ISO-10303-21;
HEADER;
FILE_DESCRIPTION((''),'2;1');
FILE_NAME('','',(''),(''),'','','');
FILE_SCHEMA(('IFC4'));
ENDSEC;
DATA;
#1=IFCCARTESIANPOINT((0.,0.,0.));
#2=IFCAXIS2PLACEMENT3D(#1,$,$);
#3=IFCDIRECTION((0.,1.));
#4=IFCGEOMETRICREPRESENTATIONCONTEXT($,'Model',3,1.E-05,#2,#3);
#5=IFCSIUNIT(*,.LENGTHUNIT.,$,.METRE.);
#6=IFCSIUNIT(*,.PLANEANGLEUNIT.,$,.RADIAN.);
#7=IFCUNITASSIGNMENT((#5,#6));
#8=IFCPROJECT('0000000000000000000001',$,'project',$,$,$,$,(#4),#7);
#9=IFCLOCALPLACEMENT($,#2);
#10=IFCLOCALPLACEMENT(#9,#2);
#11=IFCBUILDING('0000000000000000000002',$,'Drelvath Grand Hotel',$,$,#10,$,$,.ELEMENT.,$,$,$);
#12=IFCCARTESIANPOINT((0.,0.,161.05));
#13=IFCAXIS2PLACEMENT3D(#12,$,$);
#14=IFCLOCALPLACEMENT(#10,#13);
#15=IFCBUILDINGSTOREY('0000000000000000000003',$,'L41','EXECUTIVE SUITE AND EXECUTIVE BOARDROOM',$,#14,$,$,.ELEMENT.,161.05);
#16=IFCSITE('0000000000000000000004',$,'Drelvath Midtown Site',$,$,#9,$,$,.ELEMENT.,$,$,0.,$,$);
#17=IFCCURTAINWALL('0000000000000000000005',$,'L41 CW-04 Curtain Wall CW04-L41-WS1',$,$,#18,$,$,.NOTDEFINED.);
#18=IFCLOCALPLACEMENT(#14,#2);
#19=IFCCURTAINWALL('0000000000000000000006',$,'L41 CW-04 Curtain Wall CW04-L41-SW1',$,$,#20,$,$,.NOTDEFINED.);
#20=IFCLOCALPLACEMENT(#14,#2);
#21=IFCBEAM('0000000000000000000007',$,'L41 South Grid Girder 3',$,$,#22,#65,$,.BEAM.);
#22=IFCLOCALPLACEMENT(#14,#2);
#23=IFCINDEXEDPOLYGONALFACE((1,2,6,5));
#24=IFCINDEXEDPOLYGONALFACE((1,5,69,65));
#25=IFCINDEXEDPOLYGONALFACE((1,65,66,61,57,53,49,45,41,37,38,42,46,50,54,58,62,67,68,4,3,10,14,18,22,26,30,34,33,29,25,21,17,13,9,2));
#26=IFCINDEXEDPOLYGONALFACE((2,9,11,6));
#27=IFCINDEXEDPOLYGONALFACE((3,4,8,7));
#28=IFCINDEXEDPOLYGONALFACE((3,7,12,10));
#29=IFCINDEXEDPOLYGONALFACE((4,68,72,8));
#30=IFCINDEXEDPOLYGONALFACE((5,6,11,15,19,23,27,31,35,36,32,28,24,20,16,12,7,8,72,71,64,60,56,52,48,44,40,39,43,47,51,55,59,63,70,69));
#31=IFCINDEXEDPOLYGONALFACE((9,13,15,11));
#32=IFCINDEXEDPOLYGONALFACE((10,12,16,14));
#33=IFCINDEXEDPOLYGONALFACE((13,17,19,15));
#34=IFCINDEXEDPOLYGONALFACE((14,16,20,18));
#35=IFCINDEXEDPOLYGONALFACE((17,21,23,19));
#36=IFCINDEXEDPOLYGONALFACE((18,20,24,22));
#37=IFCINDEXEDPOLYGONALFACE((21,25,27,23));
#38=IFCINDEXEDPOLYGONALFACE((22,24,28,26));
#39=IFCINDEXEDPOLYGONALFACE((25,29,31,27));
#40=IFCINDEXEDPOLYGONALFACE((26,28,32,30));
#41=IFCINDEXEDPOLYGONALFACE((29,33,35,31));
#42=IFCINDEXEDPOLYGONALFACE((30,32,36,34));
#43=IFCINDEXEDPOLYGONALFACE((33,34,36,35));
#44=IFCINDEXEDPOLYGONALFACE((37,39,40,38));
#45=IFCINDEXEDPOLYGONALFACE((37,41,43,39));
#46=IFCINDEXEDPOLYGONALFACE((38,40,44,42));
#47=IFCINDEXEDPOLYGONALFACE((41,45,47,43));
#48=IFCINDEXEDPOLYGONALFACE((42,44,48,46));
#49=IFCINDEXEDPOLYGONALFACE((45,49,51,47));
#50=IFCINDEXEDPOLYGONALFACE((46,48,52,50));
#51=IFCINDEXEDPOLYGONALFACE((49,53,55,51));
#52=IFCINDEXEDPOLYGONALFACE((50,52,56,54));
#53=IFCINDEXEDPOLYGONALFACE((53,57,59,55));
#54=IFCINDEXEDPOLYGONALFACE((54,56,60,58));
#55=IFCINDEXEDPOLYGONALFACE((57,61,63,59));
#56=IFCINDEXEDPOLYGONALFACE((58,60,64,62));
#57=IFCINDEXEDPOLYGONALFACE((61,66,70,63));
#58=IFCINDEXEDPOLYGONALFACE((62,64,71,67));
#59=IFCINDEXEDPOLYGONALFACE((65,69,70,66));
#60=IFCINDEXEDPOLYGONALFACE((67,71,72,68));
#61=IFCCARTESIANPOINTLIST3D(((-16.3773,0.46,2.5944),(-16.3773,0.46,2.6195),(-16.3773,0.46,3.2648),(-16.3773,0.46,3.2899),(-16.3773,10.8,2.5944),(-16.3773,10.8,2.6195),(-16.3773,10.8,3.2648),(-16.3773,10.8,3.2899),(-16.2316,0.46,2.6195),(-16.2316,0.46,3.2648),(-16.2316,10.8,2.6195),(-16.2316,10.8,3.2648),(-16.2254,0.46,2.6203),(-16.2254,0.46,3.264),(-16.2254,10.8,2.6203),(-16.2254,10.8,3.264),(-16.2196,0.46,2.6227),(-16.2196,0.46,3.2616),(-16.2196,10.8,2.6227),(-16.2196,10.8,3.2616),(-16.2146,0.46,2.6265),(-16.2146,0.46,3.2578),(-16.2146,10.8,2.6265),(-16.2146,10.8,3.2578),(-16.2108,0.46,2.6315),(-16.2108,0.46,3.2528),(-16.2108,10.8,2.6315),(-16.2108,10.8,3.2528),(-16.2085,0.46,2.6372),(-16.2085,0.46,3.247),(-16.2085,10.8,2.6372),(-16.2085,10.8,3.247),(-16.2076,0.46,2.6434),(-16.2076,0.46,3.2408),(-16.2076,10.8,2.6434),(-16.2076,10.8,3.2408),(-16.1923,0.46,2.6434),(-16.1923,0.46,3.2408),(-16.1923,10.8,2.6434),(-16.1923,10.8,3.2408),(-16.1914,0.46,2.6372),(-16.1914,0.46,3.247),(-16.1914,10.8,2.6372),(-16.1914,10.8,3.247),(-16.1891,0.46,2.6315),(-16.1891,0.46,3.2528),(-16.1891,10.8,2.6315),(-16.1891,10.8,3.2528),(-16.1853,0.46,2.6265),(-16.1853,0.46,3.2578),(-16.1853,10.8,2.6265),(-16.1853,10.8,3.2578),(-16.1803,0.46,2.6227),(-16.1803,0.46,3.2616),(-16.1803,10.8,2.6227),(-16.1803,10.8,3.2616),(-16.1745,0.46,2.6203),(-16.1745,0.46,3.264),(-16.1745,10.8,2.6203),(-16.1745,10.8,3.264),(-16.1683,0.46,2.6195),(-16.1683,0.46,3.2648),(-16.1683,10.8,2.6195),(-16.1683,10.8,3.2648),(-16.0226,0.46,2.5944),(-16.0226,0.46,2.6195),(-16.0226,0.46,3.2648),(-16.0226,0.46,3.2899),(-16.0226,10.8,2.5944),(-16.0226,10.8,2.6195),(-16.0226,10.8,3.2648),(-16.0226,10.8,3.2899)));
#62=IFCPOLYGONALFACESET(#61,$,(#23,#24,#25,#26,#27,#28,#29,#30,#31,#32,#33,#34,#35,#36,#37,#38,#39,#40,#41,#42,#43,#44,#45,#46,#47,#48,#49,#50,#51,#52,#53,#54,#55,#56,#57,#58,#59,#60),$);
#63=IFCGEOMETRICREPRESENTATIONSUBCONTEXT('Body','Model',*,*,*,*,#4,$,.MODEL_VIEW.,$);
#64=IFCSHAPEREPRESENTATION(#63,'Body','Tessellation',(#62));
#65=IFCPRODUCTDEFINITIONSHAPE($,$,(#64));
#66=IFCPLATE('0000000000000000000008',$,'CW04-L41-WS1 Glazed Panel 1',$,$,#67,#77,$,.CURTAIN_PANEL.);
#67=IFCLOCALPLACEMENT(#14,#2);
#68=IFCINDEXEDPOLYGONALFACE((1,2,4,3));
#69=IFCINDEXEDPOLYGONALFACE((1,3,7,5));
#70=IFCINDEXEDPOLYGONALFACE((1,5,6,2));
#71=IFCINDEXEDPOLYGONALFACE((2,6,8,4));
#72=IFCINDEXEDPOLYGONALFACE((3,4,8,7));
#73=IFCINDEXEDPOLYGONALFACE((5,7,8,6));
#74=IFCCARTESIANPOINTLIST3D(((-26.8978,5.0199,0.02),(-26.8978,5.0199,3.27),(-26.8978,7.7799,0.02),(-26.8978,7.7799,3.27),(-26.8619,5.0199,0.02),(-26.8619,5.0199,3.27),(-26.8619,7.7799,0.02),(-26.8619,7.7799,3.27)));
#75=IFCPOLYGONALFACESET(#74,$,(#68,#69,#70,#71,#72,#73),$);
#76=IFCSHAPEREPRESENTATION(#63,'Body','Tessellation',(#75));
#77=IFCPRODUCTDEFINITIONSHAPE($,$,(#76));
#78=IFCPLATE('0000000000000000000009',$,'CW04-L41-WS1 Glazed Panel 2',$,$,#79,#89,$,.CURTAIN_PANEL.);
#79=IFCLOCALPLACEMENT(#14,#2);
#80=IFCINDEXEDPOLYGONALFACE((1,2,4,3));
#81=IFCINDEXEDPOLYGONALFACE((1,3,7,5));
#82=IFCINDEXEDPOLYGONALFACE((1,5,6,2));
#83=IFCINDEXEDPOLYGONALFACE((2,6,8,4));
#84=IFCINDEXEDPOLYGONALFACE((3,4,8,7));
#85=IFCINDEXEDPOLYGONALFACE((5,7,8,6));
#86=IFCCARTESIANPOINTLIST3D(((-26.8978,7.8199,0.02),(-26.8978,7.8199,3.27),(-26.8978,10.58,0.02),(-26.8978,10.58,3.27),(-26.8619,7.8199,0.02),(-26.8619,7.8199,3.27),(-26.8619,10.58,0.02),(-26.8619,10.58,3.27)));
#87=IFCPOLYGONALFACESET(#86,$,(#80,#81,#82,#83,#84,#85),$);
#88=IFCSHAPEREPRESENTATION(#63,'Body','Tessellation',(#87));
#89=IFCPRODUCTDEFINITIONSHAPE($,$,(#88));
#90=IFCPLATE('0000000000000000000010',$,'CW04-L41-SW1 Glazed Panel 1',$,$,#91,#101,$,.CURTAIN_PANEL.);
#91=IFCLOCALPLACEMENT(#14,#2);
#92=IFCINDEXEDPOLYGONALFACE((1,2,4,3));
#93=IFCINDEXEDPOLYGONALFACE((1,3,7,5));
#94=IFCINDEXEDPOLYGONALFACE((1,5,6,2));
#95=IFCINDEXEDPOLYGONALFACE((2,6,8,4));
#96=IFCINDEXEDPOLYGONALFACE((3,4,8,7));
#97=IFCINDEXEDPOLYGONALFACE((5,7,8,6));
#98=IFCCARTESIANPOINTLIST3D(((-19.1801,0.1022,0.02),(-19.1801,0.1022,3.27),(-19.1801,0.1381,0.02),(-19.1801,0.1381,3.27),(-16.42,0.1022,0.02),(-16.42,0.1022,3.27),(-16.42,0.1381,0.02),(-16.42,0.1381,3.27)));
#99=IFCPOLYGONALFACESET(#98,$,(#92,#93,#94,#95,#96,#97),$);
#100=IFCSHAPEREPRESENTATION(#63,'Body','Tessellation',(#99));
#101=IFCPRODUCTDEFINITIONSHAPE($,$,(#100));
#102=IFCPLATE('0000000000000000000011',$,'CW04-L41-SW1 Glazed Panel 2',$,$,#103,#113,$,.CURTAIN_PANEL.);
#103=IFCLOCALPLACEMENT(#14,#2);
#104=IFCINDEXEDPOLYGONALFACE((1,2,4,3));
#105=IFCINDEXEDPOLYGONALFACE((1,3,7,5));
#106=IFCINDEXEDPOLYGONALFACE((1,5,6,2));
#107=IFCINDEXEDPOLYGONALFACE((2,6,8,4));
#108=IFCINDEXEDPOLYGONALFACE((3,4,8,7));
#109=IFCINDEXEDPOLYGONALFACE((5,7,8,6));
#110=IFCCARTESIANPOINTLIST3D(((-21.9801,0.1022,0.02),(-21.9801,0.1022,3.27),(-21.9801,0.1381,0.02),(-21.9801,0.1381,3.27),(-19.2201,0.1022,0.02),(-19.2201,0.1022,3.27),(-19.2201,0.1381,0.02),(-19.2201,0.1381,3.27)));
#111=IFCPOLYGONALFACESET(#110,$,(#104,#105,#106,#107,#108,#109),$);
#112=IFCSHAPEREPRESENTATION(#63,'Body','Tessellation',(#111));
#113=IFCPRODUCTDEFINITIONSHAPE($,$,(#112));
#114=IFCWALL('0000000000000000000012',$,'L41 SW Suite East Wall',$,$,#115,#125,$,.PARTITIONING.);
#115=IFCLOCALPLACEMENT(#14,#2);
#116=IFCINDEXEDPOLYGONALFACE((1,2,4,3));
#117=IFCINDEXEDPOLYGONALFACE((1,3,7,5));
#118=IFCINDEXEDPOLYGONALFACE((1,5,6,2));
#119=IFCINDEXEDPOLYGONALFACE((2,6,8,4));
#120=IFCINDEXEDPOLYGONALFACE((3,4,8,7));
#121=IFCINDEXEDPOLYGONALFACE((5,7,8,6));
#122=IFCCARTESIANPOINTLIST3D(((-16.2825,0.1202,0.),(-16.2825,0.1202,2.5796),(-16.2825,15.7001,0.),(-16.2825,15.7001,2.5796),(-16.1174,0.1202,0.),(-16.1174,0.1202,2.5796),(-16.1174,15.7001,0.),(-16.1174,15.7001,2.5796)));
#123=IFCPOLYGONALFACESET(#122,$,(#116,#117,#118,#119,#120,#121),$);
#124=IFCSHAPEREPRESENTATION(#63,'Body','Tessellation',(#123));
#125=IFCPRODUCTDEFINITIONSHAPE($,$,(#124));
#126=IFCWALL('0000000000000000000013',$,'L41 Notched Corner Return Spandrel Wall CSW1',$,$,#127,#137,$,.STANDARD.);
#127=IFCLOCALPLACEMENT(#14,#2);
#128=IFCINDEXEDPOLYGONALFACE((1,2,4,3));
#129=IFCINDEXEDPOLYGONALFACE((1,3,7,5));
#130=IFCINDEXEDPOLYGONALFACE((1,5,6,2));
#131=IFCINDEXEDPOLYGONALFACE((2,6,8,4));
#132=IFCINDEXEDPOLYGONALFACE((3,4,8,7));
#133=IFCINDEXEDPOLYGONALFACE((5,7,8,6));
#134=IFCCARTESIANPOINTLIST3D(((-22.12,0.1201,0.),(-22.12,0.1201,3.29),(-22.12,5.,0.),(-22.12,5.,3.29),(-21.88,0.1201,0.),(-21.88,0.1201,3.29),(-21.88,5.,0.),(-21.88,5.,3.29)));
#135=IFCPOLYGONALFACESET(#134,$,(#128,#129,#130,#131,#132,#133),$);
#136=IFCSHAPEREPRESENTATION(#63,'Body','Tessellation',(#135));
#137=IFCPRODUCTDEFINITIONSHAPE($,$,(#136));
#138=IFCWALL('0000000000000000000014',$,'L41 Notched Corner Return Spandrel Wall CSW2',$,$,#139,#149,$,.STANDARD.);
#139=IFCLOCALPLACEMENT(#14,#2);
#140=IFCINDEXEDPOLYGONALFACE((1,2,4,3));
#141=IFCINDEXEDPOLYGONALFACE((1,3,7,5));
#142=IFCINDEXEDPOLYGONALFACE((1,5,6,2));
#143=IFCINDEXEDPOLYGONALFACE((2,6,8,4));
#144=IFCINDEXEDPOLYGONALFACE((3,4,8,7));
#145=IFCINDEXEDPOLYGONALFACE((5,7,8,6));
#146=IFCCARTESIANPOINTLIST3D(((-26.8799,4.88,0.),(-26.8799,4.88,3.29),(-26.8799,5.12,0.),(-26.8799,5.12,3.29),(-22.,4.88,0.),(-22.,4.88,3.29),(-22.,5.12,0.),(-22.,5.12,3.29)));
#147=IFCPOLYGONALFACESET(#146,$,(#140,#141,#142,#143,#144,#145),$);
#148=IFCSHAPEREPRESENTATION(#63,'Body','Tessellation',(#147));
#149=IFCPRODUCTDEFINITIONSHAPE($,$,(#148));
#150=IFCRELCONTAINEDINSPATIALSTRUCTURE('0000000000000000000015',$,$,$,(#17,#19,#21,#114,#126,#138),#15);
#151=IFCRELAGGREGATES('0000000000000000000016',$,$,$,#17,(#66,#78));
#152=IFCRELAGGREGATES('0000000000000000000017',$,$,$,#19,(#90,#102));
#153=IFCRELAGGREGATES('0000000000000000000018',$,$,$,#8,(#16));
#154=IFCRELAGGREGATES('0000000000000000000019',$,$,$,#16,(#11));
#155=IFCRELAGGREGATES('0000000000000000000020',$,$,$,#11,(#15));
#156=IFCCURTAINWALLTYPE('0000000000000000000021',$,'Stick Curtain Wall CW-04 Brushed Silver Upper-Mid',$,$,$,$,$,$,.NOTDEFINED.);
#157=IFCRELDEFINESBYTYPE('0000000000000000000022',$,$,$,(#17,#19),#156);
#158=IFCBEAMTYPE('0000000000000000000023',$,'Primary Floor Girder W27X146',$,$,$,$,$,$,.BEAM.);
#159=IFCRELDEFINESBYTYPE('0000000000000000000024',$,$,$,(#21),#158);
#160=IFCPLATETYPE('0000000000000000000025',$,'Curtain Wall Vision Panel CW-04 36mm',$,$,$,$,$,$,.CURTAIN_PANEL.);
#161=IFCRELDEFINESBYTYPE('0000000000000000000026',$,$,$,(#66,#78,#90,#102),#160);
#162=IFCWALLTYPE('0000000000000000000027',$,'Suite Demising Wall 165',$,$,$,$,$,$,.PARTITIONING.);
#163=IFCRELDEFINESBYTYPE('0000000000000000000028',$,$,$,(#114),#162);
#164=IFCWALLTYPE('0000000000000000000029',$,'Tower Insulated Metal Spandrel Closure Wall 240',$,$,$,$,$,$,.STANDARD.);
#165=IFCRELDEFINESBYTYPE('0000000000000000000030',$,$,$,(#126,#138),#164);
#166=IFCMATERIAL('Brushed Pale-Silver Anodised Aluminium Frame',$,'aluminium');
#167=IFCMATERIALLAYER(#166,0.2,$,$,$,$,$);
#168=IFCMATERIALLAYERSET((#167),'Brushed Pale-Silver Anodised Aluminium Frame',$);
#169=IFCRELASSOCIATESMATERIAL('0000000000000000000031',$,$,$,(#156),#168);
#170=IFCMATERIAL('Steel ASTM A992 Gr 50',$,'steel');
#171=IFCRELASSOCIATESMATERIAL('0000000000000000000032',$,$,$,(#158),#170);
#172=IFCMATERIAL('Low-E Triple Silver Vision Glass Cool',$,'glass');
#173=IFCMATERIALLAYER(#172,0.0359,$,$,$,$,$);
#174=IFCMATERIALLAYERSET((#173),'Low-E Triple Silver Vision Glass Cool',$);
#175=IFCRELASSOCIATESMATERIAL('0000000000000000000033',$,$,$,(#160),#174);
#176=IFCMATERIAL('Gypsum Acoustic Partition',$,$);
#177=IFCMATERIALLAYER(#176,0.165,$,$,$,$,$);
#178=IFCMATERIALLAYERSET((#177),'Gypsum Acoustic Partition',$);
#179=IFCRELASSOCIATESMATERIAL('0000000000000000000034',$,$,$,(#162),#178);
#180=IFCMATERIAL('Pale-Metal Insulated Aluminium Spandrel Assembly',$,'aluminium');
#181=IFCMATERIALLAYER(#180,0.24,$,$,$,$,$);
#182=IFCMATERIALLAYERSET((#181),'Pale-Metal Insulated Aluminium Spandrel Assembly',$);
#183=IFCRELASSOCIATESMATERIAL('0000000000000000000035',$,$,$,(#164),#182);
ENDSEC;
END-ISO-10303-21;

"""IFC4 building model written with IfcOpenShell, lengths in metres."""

from ifc_helpers import new_model, si_unit, direction, frame, frame_2d, origin, origin_2d, place, context, subcontext, project, spatial, rectangle, i_section, extrude, material, layer, layer_set, material_profile, profile_set, type_object, element, aggregate, save


model = new_model("IFC4")

# Units and contexts
model_context = context("Model", 3, precision=1e-05, world=origin(), true_north=direction((0.0, 1.0)))
body_context = subcontext(model_context, "Body", "Model", "MODEL_VIEW")
ifc_project = project(units=[si_unit("LENGTHUNIT", "METRE"), si_unit("PLANEANGLEUNIT", "RADIAN")], contexts=[model_context])

# Site, building, storey
site_placement = place(None, origin())
site = spatial("IfcSite", under=ifc_project, at=site_placement, Name="Drelvath Midtown Site", CompositionType="ELEMENT", RefElevation=0.0)
building_placement = place(site_placement, origin())
building = spatial("IfcBuilding", under=site, at=building_placement, Name="Drelvath Grand Hotel", CompositionType="ELEMENT")
storey_placement = place(building_placement, frame((0.0, 0.0, 161.05)))
storey = spatial("IfcBuildingStorey", under=building, at=storey_placement, Name="L41", Description="EXECUTIVE SUITE AND EXECUTIVE BOARDROOM", CompositionType="ELEMENT", Elevation=161.05)

# Curtain walls
ifc_material_1 = material(Name="Brushed Pale-Silver Anodised Aluminium Frame", Category="aluminium")
ifc_layer_1 = layer(ifc_material_1, 0.2)
ifc_layer_set_1 = layer_set([ifc_layer_1], Name="Brushed Pale-Silver Anodised Aluminium Frame")
curtain_wall_type = type_object("IfcCurtainWallType", Name="Stick Curtain Wall CW-04 Brushed Silver Upper-Mid", PredefinedType="NOTDEFINED", material=ifc_layer_set_1)
curtain_wall_1_placement = place(storey_placement, origin())
curtain_wall_1 = element("IfcCurtainWall", 1, at=curtain_wall_1_placement, inside=storey, type_object=curtain_wall_type, Name="L41 CW-04 Curtain Wall CW04-L41-WS1", PredefinedType="NOTDEFINED")
curtain_wall_2_placement = place(storey_placement, origin())
curtain_wall_2 = element("IfcCurtainWall", 2, at=curtain_wall_2_placement, inside=storey, type_object=curtain_wall_type, Name="L41 CW-04 Curtain Wall CW04-L41-SW1", PredefinedType="NOTDEFINED")

# Beam
ifc_material_2 = material(Name="Steel ASTM A992 Gr 50", Category="steel")
ifc_material_profile_1 = material_profile(ifc_material_2, i_section(OverallWidth=0.3547, OverallDepth=0.6956, WebThickness=0.0154, FlangeThickness=0.0251, FilletRadius=0.0239, at=origin_2d()), Name="W27X146")
ifc_profile_set_1 = profile_set([ifc_material_profile_1], Name="Steel ASTM A992 Gr 50")
beam_type_1 = type_object("IfcBeamType", Name="Primary Floor Girder W27X146", PredefinedType="BEAM", material=ifc_profile_set_1)
for number, where, z_axis, x_axis, name in (
    (3, (-16.2, 0.46, 2.9421), (0.0, 1.0, 0.0), (-1.0, 0.0, 0.0), "L41 South Grid Girder 3"),
):
    element("IfcBeam", number, at=place(storey_placement, frame(where, z_axis=z_axis, x_axis=x_axis)), inside=storey, type_object=beam_type_1, Name=name, PredefinedType="BEAM", context=body_context, shape_type="SweptSolid", body=[
        extrude(i_section(OverallWidth=0.3547, OverallDepth=0.6956, WebThickness=0.0154, FlangeThickness=0.0251, FilletRadius=0.0239, at=origin_2d()), origin(), (0.0, 0.0, 1.0), 10.3401),
    ])

# Plates
ifc_material_3 = material(Name="Low-E Triple Silver Vision Glass Cool", Category="glass")
ifc_layer_2 = layer(ifc_material_3, 0.0359)
ifc_layer_set_2 = layer_set([ifc_layer_2], Name="Low-E Triple Silver Vision Glass Cool")
plate_type = type_object("IfcPlateType", Name="Curtain Wall Vision Panel CW-04 36mm", PredefinedType="CURTAIN_PANEL", material=ifc_layer_set_2)
plate_1_placement = place(storey_placement, frame((-26.8799, 6.3999, 0.02), z_axis=(0.0, 0.0, 1.0), x_axis=(0.0, 1.0, 0.0)))
plate_1 = element("IfcPlate", 4, at=plate_1_placement, type_object=plate_type, Name="CW04-L41-WS1 Glazed Panel 1", PredefinedType="CURTAIN_PANEL", context=body_context, shape_type="SweptSolid", body=[
    extrude(rectangle(XDim=2.76, YDim=0.0359, at=origin_2d()), origin(), (0.0, 0.0, 1.0), 3.25),
])
plate_2_placement = place(storey_placement, frame((-26.8799, 9.2, 0.02), z_axis=(0.0, 0.0, 1.0), x_axis=(0.0, 1.0, 0.0)))
plate_2 = element("IfcPlate", 5, at=plate_2_placement, type_object=plate_type, Name="CW04-L41-WS1 Glazed Panel 2", PredefinedType="CURTAIN_PANEL", context=body_context, shape_type="SweptSolid", body=[
    extrude(rectangle(XDim=2.76, YDim=0.0359, at=origin_2d()), origin(), (0.0, 0.0, 1.0), 3.25),
])
aggregate(curtain_wall_1, [plate_1, plate_2])
plate_3_placement = place(storey_placement, frame((-17.8, 0.1201, 0.02), z_axis=(0.0, 0.0, 1.0), x_axis=(-1.0, 0.0, 0.0)))
plate_3 = element("IfcPlate", 6, at=plate_3_placement, type_object=plate_type, Name="CW04-L41-SW1 Glazed Panel 1", PredefinedType="CURTAIN_PANEL", context=body_context, shape_type="SweptSolid", body=[
    extrude(rectangle(XDim=2.76, YDim=0.0359, at=origin_2d()), origin(), (0.0, 0.0, 1.0), 3.25),
])
plate_4_placement = place(storey_placement, frame((-20.6001, 0.1201, 0.02), z_axis=(0.0, 0.0, 1.0), x_axis=(-1.0, 0.0, 0.0)))
plate_4 = element("IfcPlate", 7, at=plate_4_placement, type_object=plate_type, Name="CW04-L41-SW1 Glazed Panel 2", PredefinedType="CURTAIN_PANEL", context=body_context, shape_type="SweptSolid", body=[
    extrude(rectangle(XDim=2.76, YDim=0.0359, at=origin_2d()), origin(), (0.0, 0.0, 1.0), 3.25),
])
aggregate(curtain_wall_2, [plate_3, plate_4])

# Walls
ifc_material_4 = material(Name="Gypsum Acoustic Partition")
ifc_layer_3 = layer(ifc_material_4, 0.165)
ifc_layer_set_3 = layer_set([ifc_layer_3], Name="Gypsum Acoustic Partition")
wall_type_1 = type_object("IfcWallType", Name="Suite Demising Wall 165", PredefinedType="PARTITIONING", material=ifc_layer_set_3)
wall_placement = place(storey_placement, frame((-16.2, 0.1201, 0.0), z_axis=(0.0, 0.0, 1.0), x_axis=(0.0, 1.0, 0.0)))
element("IfcWall", 8, at=wall_placement, inside=storey, type_object=wall_type_1, Name="L41 SW Suite East Wall", PredefinedType="PARTITIONING", context=body_context, shape_type="SweptSolid", body=[
    extrude(rectangle(XDim=15.5798, YDim=0.165, at=frame_2d((7.79, 0.0))), origin(), (0.0, 0.0, 1.0), 2.5796),
])
ifc_material_5 = material(Name="Pale-Metal Insulated Aluminium Spandrel Assembly", Category="aluminium")
ifc_layer_4 = layer(ifc_material_5, 0.24)
ifc_layer_set_4 = layer_set([ifc_layer_4], Name="Pale-Metal Insulated Aluminium Spandrel Assembly")
wall_type_2 = type_object("IfcWallType", Name="Tower Insulated Metal Spandrel Closure Wall 240", PredefinedType="STANDARD", material=ifc_layer_set_4)
for number, where, z_axis, x_axis, name in (
    (9, (-22.0, 0.1201, 0.0), (0.0, 0.0, 1.0), (0.0, 1.0, 0.0), "L41 Notched Corner Return Spandrel Wall CSW1"),
    (10, (-22.0, 5.0, 0.0), (0.0, 0.0, 1.0), (-1.0, 0.0, 0.0), "L41 Notched Corner Return Spandrel Wall CSW2"),
):
    element("IfcWall", number, at=place(storey_placement, frame(where, z_axis=z_axis, x_axis=x_axis)), inside=storey, type_object=wall_type_2, Name=name, PredefinedType="STANDARD", context=body_context, shape_type="SweptSolid", body=[
        extrude(rectangle(XDim=4.8799, YDim=0.24, at=frame_2d((2.4399, 0.0))), origin(), (0.0, 0.0, 1.0), 3.29),
    ])

save(model, "model.ifc")
